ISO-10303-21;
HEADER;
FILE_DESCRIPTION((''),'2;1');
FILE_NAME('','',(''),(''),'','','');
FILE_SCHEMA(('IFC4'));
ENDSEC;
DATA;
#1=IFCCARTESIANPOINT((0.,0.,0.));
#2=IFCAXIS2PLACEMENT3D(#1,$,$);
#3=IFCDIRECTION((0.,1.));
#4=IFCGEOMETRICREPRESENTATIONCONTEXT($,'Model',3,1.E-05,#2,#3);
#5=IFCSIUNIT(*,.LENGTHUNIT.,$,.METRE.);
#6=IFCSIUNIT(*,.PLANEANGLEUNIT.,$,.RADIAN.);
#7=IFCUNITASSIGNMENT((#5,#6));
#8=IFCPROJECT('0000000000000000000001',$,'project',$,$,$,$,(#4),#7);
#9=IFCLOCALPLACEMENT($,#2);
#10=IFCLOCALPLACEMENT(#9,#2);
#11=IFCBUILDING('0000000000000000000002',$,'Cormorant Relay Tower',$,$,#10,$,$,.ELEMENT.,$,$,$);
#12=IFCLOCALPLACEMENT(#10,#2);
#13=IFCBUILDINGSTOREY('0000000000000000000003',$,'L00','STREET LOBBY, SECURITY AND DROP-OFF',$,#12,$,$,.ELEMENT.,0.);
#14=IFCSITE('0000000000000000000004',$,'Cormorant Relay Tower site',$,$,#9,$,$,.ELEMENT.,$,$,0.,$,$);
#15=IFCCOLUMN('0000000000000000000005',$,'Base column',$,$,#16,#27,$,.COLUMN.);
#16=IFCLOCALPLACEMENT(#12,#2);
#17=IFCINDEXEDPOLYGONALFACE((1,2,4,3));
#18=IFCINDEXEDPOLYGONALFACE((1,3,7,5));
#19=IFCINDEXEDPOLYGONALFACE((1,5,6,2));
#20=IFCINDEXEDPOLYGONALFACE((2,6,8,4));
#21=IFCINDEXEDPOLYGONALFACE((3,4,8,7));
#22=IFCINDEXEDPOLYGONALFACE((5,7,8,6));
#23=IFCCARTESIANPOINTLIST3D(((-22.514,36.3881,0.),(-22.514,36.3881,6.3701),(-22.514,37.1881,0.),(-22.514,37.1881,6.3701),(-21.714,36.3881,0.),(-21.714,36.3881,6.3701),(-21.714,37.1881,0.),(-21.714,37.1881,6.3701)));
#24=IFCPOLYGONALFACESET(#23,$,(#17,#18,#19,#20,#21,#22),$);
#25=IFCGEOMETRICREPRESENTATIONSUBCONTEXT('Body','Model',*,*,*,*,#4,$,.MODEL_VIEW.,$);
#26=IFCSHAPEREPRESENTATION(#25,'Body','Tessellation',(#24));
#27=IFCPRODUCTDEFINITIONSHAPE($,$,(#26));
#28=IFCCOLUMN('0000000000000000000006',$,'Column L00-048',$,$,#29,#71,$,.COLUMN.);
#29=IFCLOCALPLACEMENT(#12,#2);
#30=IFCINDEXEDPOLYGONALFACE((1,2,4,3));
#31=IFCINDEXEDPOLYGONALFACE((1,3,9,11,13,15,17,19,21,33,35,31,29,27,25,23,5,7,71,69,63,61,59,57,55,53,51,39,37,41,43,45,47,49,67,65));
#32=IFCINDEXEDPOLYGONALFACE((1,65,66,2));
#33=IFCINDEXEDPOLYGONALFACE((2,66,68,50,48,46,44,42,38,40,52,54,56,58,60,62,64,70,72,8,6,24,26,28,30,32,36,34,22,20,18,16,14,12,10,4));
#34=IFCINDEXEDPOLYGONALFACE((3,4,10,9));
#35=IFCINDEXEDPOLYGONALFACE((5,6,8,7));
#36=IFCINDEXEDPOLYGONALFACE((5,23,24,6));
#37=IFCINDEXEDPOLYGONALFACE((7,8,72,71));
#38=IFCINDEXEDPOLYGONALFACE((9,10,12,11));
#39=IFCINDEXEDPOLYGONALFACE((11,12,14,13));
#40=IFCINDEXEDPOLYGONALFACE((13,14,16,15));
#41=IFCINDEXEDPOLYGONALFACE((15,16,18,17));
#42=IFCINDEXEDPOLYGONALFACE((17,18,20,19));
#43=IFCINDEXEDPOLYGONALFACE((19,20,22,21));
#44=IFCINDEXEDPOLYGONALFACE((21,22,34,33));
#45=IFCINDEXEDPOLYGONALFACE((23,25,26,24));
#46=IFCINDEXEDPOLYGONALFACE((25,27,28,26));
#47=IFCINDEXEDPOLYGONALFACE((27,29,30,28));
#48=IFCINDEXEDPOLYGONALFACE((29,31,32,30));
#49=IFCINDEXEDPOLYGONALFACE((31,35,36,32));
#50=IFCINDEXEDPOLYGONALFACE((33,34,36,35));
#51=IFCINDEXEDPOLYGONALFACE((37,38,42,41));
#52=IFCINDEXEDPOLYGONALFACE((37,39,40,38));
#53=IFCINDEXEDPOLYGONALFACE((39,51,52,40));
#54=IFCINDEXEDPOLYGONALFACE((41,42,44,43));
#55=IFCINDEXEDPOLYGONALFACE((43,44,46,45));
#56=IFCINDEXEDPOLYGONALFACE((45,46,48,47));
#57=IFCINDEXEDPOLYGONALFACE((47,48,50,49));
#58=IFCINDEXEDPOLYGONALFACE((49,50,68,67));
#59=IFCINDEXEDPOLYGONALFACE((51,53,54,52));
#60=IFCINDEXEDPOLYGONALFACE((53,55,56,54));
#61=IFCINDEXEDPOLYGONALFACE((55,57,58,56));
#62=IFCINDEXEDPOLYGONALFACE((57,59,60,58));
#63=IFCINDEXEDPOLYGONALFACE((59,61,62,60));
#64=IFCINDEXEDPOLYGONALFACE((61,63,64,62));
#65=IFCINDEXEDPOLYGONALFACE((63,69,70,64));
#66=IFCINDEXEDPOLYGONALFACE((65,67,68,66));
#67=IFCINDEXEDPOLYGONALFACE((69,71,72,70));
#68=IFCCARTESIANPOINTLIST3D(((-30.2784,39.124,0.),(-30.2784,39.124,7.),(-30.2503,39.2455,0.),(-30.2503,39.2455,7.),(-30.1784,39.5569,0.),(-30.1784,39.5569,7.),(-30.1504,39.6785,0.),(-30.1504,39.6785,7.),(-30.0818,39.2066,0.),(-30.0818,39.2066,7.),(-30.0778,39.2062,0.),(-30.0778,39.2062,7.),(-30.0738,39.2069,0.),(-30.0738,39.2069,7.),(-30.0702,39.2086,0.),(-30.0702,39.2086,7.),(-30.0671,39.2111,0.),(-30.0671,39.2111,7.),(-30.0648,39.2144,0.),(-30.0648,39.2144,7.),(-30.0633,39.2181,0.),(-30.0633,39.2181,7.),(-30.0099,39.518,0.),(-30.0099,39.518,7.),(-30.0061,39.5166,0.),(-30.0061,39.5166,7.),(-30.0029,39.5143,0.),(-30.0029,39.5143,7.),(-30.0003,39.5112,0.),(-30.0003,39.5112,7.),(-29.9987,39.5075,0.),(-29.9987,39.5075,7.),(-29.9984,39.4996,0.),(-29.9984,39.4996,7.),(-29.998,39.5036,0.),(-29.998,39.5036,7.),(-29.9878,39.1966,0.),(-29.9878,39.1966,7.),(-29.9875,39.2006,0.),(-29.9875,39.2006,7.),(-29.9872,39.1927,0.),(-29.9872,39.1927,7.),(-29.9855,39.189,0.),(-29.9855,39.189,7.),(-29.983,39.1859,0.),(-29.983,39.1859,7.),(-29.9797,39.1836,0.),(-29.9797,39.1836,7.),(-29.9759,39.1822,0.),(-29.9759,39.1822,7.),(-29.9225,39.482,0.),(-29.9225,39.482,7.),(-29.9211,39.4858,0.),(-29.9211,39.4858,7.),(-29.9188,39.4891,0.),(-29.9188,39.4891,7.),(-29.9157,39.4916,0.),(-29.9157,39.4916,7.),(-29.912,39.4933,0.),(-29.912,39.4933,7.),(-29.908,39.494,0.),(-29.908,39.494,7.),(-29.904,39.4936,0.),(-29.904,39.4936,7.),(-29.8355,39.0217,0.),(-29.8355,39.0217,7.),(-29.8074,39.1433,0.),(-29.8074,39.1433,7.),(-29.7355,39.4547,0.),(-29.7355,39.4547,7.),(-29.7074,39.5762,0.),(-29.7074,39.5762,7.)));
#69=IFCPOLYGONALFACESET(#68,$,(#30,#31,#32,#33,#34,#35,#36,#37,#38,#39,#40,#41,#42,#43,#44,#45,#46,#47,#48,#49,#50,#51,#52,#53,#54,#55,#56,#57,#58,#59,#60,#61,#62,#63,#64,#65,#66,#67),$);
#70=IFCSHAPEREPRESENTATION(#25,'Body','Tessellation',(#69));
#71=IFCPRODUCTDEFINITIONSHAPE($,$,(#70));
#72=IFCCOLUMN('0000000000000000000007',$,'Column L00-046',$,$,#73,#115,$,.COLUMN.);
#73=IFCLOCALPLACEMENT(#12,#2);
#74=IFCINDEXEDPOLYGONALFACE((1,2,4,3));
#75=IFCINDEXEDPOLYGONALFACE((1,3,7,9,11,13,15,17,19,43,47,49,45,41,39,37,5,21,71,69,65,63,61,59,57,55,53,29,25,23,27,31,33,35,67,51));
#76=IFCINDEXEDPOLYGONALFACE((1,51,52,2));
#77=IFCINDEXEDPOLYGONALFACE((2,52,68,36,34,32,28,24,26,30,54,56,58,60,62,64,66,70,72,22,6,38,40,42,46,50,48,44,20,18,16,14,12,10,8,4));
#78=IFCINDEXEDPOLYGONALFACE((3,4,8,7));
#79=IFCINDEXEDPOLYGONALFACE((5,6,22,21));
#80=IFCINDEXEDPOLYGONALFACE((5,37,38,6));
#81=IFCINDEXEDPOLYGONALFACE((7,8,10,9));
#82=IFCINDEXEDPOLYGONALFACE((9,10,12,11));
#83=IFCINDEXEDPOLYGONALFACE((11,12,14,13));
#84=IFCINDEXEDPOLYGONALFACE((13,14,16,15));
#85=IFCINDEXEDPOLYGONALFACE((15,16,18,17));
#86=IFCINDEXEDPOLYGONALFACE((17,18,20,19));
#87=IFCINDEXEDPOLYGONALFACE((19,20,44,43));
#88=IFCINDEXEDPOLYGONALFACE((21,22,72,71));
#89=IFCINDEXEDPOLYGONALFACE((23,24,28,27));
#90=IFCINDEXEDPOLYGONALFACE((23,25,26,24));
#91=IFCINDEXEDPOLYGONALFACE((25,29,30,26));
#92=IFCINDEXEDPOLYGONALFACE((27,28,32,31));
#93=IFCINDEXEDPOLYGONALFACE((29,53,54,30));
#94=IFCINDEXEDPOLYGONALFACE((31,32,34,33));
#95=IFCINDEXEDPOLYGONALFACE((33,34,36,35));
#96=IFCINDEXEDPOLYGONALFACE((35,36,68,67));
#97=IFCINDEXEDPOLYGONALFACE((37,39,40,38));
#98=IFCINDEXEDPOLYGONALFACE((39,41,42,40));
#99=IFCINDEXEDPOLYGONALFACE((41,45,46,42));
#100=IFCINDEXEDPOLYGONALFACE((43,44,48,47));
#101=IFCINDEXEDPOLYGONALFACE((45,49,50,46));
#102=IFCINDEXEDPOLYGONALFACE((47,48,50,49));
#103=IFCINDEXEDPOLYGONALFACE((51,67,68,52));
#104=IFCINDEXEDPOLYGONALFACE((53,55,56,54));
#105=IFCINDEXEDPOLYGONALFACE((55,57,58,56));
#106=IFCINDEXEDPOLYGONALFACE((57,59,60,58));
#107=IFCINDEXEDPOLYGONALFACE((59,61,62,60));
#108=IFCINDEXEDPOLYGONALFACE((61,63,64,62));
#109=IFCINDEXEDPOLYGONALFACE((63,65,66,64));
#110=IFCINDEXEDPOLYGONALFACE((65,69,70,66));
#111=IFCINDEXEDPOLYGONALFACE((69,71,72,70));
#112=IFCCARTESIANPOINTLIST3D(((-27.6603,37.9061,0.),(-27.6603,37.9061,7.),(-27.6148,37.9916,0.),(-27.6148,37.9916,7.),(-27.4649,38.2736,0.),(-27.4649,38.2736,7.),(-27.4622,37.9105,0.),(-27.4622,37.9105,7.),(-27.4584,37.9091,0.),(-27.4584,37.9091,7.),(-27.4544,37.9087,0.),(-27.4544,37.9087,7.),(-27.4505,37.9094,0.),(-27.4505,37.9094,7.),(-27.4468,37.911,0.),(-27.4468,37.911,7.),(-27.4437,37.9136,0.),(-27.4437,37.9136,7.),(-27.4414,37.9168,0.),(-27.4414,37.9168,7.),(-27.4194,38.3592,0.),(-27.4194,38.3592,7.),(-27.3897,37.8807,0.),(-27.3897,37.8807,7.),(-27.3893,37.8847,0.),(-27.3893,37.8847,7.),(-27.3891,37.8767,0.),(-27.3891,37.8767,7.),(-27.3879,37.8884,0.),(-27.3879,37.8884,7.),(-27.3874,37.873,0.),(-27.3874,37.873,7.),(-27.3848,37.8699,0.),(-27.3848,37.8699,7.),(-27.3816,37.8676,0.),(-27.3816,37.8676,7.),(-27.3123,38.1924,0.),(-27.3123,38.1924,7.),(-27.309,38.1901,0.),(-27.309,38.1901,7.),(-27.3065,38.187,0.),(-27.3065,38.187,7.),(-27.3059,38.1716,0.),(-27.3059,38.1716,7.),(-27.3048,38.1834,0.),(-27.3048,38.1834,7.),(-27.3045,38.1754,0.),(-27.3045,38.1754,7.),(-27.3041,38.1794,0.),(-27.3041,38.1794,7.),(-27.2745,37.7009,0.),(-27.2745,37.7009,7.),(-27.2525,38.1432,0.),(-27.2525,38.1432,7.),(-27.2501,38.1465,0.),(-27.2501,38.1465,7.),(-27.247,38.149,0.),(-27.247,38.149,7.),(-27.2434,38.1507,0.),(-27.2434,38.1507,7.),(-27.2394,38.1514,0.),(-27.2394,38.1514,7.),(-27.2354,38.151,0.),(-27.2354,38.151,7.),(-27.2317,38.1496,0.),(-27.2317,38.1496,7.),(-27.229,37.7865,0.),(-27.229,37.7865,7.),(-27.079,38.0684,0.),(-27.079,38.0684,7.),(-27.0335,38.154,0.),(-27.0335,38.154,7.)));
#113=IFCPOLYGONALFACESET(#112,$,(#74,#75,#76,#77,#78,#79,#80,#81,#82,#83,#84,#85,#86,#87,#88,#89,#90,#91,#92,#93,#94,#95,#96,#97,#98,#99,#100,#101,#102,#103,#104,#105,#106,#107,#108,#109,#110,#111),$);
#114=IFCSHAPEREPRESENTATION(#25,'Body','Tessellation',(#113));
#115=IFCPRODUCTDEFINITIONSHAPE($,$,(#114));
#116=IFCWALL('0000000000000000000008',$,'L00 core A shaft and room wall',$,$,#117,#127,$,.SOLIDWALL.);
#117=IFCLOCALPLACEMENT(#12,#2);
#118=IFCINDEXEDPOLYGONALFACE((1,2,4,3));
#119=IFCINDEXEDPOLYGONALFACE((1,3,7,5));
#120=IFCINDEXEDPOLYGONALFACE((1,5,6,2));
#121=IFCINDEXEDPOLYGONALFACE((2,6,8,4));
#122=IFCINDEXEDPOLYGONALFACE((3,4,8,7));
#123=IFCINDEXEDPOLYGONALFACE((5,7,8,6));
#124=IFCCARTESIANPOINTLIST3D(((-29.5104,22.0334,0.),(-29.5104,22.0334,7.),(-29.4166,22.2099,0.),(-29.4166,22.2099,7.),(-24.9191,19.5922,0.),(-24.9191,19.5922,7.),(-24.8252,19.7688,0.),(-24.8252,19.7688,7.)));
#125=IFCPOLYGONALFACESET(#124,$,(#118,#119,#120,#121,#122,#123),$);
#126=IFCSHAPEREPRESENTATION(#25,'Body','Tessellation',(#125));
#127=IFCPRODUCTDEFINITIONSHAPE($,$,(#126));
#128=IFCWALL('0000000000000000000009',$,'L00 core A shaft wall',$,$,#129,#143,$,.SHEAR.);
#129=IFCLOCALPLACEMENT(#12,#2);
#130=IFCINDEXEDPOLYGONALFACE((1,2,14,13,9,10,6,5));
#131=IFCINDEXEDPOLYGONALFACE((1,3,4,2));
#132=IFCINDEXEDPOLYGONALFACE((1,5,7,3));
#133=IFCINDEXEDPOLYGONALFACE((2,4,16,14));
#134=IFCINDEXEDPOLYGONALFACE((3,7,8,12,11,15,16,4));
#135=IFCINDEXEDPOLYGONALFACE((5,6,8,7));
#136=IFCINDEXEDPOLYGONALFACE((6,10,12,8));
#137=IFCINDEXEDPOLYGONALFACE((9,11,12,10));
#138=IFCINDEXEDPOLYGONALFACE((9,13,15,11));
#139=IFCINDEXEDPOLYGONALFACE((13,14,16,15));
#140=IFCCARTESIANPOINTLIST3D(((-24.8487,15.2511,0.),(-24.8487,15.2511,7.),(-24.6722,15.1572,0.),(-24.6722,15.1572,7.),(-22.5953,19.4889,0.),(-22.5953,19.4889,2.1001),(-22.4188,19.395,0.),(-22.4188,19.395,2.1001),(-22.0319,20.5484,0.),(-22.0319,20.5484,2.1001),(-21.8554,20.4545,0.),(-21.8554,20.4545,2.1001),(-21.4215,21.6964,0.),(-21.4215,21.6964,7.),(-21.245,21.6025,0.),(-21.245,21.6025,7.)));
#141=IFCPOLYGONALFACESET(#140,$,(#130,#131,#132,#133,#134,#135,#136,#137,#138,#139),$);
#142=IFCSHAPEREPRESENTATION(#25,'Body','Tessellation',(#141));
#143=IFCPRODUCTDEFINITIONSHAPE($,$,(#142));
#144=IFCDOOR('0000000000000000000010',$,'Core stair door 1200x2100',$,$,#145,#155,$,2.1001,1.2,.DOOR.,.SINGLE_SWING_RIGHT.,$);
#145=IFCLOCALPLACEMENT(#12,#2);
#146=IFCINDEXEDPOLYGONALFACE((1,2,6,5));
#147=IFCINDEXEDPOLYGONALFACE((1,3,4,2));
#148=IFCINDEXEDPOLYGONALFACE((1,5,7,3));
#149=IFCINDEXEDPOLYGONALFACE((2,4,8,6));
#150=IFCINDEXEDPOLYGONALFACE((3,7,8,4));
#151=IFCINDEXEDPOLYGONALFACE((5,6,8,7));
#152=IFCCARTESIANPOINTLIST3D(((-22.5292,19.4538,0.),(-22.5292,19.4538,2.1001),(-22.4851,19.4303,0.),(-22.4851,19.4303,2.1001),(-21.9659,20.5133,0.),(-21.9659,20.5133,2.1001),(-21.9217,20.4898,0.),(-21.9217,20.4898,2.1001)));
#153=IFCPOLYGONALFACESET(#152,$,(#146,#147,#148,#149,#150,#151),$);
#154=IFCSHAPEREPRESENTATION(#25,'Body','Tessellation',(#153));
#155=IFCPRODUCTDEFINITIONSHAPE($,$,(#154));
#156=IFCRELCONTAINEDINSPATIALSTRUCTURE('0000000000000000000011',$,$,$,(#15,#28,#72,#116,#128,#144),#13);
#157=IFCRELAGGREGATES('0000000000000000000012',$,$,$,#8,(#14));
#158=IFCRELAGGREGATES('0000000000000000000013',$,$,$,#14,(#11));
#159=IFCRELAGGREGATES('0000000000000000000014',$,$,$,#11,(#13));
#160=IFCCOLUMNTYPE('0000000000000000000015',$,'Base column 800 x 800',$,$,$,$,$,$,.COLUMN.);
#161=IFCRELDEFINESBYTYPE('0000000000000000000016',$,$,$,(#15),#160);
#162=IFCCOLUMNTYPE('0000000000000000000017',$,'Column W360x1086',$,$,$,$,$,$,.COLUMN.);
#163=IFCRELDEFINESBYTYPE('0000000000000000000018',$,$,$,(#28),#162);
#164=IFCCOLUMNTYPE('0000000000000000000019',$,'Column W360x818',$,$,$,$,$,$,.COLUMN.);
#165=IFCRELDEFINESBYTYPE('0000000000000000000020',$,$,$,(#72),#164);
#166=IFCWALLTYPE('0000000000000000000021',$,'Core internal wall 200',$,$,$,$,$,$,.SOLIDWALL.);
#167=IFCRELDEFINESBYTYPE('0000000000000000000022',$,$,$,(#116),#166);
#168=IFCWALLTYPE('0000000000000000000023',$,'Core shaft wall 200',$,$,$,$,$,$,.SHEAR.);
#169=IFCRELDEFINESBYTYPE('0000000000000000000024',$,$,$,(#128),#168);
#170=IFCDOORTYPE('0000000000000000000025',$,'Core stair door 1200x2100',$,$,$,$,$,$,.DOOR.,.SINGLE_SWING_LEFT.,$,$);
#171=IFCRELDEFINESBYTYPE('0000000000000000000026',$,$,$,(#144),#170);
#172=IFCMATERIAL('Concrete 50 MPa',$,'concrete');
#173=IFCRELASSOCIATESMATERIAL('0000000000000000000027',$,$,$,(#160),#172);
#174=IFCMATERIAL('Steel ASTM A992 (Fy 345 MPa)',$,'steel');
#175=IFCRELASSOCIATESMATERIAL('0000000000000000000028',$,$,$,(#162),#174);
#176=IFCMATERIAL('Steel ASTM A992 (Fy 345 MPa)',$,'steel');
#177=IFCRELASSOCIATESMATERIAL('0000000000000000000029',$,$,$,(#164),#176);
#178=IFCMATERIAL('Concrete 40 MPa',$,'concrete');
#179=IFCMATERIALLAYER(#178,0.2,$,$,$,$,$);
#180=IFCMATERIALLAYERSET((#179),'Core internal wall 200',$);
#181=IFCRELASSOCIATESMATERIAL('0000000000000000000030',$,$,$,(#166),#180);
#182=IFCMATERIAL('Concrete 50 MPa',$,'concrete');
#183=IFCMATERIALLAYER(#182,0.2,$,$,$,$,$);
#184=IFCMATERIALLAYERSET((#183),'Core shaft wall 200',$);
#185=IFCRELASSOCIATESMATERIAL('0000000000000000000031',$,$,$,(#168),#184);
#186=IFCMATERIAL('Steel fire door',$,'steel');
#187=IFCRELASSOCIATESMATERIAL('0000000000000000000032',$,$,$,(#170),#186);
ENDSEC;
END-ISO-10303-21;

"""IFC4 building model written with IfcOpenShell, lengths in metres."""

from ifc_helpers import new_model, si_unit, direction, frame, frame_2d, origin, origin_2d, place, context, subcontext, project, spatial, rectangle, i_section, extrude, material, layer, layer_set, material_profile, profile_set, type_object, element, fill, save


model = new_model("IFC4")

# Units and contexts
model_context = context("Model", 3, precision=1e-05, world=origin(), true_north=direction((0.0, 1.0)))
body_context = subcontext(model_context, "Body", "Model", "MODEL_VIEW")
ifc_project = project(units=[si_unit("LENGTHUNIT", "METRE"), si_unit("PLANEANGLEUNIT", "RADIAN")], contexts=[model_context])

# Site, building, storey
site_placement = place(None, origin())
site = spatial("IfcSite", under=ifc_project, at=site_placement, Name="Cormorant Relay Tower site", CompositionType="ELEMENT", RefElevation=0.0)
building_placement = place(site_placement, origin())
building = spatial("IfcBuilding", under=site, at=building_placement, Name="Cormorant Relay Tower", CompositionType="ELEMENT")
storey_placement = place(building_placement, origin())
storey = spatial("IfcBuildingStorey", under=building, at=storey_placement, Name="L00", Description="STREET LOBBY, SECURITY AND DROP-OFF", CompositionType="ELEMENT", Elevation=0.0)

# Columns
ifc_material_1 = material(Name="Concrete 50 MPa", Category="concrete")
ifc_material_profile_1 = material_profile(ifc_material_1, rectangle(XDim=0.8, YDim=0.8, at=origin_2d()), Name="RC 800x800")
ifc_profile_set_1 = profile_set([ifc_material_profile_1], Name="Concrete 50 MPa")
column_type_1 = type_object("IfcColumnType", Name="Base column 800 x 800", PredefinedType="COLUMN", material=ifc_profile_set_1)
column_1_placement = place(storey_placement, frame((-22.114, 36.7881, 0.0), z_axis=(0.0, 0.0, 1.0), x_axis=(1.0, 0.0, 0.0)))
element("IfcColumn", 1, at=column_1_placement, inside=storey, type_object=column_type_1, Name="Base column", PredefinedType="COLUMN", context=body_context, shape_type="SweptSolid", body=[
    extrude(rectangle(XDim=0.8, YDim=0.8, at=origin_2d()), origin(), (0.0, 0.0, 1.0), 6.3701),
])
ifc_material_2 = material(Name="Steel ASTM A992 (Fy 345 MPa)", Category="steel")
ifc_material_profile_2 = material_profile(ifc_material_2, i_section(OverallWidth=0.4546, OverallDepth=0.5691, WebThickness=0.0779, FlangeThickness=0.1248, FilletRadius=0.0154, at=origin_2d()), Name="W360x1086")
ifc_profile_set_2 = profile_set([ifc_material_profile_2], Name="Steel ASTM A992 (Fy 345 MPa)")
column_type_2 = type_object("IfcColumnType", Name="Column W360x1086", PredefinedType="COLUMN", material=ifc_profile_set_2)
column_2_placement = place(storey_placement, frame((-29.9929, 39.3501, 0.0), z_axis=(0.0, 0.0, 1.0), x_axis=(-0.97437, 0.224951, 0.0)))
element("IfcColumn", 2, at=column_2_placement, inside=storey, type_object=column_type_2, Name="Column L00-048", PredefinedType="COLUMN", context=body_context, shape_type="SweptSolid", body=[
    extrude(i_section(OverallWidth=0.4546, OverallDepth=0.5691, WebThickness=0.0779, FlangeThickness=0.1248, FilletRadius=0.0154, at=origin_2d()), origin(), (0.0, 0.0, 1.0), 7.0),
])
ifc_material_3 = material(Name="Steel ASTM A992 (Fy 345 MPa)", Category="steel")
ifc_material_profile_3 = material_profile(ifc_material_3, i_section(OverallWidth=0.437, OverallDepth=0.5132, WebThickness=0.0605, FlangeThickness=0.0969, FilletRadius=0.0154, at=origin_2d()), Name="W360x818")
ifc_profile_set_3 = profile_set([ifc_material_profile_3], Name="Steel ASTM A992 (Fy 345 MPa)")
column_type_3 = type_object("IfcColumnType", Name="Column W360x818", PredefinedType="COLUMN", material=ifc_profile_set_3)
column_3_placement = place(storey_placement, frame((-27.3469, 38.03, 0.0), z_axis=(0.0, 0.0, 1.0), x_axis=(-0.882948, 0.469472, 0.0)))
element("IfcColumn", 3, at=column_3_placement, inside=storey, type_object=column_type_3, Name="Column L00-046", PredefinedType="COLUMN", context=body_context, shape_type="SweptSolid", body=[
    extrude(i_section(OverallWidth=0.437, OverallDepth=0.5132, WebThickness=0.0605, FlangeThickness=0.0969, FilletRadius=0.0154, at=origin_2d()), origin(), (0.0, 0.0, 1.0), 7.0),
])

# Wall
ifc_material_4 = material(Name="Concrete 40 MPa", Category="concrete")
ifc_layer_1 = layer(ifc_material_4, 0.2)
ifc_layer_set_1 = layer_set([ifc_layer_1], Name="Core internal wall 200")
wall_type_1 = type_object("IfcWallType", Name="Core internal wall 200", PredefinedType="SOLIDWALL", material=ifc_layer_set_1)
wall_1_placement = place(storey_placement, frame((-24.8721, 19.6804, 0.0), z_axis=(0.0, 0.0, 1.0), x_axis=(-0.882954, 0.46946, 0.0)))
element("IfcWall", 4, at=wall_1_placement, inside=storey, type_object=wall_type_1, Name="L00 core A shaft and room wall", PredefinedType="SOLIDWALL", context=body_context, shape_type="SweptSolid", body=[
    extrude(rectangle(XDim=5.2, YDim=0.2, at=frame_2d((2.6001, 0.0))), origin(), (0.0, 0.0, 1.0), 7.0),
])

# Wall, opening, door
ifc_material_5 = material(Name="Concrete 50 MPa", Category="concrete")
ifc_layer_2 = layer(ifc_material_5, 0.2)
ifc_layer_set_2 = layer_set([ifc_layer_2], Name="Core shaft wall 200")
wall_type_2 = type_object("IfcWallType", Name="Core shaft wall 200", PredefinedType="SHEAR", material=ifc_layer_set_2)
wall_2_placement = place(storey_placement, frame((-21.3333, 21.6494, 0.0), z_axis=(0.0, 0.0, 1.0), x_axis=(-0.469494, -0.882936, 0.0)))
wall_2 = element("IfcWall", 5, at=wall_2_placement, inside=storey, type_object=wall_type_2, Name="L00 core A shaft wall", PredefinedType="SHEAR", context=body_context, shape_type="SweptSolid", body=[
    extrude(rectangle(XDim=7.2998, YDim=0.2, at=frame_2d((3.6499, 0.0))), origin(), (0.0, 0.0, 1.0), 7.0),
])
opening_1_placement = place(wall_2_placement, frame((1.3, 0.0, 0.0)))
opening_1 = element("IfcOpeningElement", 6, at=opening_1_placement, cuts=wall_2, PredefinedType="OPENING", context=body_context, shape_type="SweptSolid", body=[
    extrude(rectangle(XDim=1.2, YDim=2.1001, at=frame_2d((0.6001, 1.05))), frame((0.0, 0.1099, 0.0), z_axis=(0.0, -1.0, 0.0), x_axis=(1.0, 0.0, 0.0)), (0.0, 0.0, 1.0), 0.22),
])
ifc_material_6 = material(Name="Steel fire door", Category="steel")
door_type_1 = type_object("IfcDoorType", Name="Core stair door 1200x2100", OperationType="SINGLE_SWING_LEFT", PredefinedType="DOOR", material=ifc_material_6)
door_1_placement = place(opening_1_placement, origin())
door_1 = element("IfcDoor", 7, at=door_1_placement, inside=storey, type_object=door_type_1, Name="Core stair door 1200x2100", OperationType="SINGLE_SWING_RIGHT", OverallHeight=2.1001, OverallWidth=1.2, PredefinedType="DOOR", context=body_context, shape_type="SweptSolid", body=[
    extrude(rectangle(XDim=1.2, YDim=2.1001, at=frame_2d((0.6001, 1.05))), frame((0.0, 0.0249, 0.0), z_axis=(0.0, -1.0, 0.0), x_axis=(1.0, 0.0, 0.0)), (0.0, 0.0, 1.0), 0.05),
])
fill(opening_1, door_1)

save(model, "model.ifc")
